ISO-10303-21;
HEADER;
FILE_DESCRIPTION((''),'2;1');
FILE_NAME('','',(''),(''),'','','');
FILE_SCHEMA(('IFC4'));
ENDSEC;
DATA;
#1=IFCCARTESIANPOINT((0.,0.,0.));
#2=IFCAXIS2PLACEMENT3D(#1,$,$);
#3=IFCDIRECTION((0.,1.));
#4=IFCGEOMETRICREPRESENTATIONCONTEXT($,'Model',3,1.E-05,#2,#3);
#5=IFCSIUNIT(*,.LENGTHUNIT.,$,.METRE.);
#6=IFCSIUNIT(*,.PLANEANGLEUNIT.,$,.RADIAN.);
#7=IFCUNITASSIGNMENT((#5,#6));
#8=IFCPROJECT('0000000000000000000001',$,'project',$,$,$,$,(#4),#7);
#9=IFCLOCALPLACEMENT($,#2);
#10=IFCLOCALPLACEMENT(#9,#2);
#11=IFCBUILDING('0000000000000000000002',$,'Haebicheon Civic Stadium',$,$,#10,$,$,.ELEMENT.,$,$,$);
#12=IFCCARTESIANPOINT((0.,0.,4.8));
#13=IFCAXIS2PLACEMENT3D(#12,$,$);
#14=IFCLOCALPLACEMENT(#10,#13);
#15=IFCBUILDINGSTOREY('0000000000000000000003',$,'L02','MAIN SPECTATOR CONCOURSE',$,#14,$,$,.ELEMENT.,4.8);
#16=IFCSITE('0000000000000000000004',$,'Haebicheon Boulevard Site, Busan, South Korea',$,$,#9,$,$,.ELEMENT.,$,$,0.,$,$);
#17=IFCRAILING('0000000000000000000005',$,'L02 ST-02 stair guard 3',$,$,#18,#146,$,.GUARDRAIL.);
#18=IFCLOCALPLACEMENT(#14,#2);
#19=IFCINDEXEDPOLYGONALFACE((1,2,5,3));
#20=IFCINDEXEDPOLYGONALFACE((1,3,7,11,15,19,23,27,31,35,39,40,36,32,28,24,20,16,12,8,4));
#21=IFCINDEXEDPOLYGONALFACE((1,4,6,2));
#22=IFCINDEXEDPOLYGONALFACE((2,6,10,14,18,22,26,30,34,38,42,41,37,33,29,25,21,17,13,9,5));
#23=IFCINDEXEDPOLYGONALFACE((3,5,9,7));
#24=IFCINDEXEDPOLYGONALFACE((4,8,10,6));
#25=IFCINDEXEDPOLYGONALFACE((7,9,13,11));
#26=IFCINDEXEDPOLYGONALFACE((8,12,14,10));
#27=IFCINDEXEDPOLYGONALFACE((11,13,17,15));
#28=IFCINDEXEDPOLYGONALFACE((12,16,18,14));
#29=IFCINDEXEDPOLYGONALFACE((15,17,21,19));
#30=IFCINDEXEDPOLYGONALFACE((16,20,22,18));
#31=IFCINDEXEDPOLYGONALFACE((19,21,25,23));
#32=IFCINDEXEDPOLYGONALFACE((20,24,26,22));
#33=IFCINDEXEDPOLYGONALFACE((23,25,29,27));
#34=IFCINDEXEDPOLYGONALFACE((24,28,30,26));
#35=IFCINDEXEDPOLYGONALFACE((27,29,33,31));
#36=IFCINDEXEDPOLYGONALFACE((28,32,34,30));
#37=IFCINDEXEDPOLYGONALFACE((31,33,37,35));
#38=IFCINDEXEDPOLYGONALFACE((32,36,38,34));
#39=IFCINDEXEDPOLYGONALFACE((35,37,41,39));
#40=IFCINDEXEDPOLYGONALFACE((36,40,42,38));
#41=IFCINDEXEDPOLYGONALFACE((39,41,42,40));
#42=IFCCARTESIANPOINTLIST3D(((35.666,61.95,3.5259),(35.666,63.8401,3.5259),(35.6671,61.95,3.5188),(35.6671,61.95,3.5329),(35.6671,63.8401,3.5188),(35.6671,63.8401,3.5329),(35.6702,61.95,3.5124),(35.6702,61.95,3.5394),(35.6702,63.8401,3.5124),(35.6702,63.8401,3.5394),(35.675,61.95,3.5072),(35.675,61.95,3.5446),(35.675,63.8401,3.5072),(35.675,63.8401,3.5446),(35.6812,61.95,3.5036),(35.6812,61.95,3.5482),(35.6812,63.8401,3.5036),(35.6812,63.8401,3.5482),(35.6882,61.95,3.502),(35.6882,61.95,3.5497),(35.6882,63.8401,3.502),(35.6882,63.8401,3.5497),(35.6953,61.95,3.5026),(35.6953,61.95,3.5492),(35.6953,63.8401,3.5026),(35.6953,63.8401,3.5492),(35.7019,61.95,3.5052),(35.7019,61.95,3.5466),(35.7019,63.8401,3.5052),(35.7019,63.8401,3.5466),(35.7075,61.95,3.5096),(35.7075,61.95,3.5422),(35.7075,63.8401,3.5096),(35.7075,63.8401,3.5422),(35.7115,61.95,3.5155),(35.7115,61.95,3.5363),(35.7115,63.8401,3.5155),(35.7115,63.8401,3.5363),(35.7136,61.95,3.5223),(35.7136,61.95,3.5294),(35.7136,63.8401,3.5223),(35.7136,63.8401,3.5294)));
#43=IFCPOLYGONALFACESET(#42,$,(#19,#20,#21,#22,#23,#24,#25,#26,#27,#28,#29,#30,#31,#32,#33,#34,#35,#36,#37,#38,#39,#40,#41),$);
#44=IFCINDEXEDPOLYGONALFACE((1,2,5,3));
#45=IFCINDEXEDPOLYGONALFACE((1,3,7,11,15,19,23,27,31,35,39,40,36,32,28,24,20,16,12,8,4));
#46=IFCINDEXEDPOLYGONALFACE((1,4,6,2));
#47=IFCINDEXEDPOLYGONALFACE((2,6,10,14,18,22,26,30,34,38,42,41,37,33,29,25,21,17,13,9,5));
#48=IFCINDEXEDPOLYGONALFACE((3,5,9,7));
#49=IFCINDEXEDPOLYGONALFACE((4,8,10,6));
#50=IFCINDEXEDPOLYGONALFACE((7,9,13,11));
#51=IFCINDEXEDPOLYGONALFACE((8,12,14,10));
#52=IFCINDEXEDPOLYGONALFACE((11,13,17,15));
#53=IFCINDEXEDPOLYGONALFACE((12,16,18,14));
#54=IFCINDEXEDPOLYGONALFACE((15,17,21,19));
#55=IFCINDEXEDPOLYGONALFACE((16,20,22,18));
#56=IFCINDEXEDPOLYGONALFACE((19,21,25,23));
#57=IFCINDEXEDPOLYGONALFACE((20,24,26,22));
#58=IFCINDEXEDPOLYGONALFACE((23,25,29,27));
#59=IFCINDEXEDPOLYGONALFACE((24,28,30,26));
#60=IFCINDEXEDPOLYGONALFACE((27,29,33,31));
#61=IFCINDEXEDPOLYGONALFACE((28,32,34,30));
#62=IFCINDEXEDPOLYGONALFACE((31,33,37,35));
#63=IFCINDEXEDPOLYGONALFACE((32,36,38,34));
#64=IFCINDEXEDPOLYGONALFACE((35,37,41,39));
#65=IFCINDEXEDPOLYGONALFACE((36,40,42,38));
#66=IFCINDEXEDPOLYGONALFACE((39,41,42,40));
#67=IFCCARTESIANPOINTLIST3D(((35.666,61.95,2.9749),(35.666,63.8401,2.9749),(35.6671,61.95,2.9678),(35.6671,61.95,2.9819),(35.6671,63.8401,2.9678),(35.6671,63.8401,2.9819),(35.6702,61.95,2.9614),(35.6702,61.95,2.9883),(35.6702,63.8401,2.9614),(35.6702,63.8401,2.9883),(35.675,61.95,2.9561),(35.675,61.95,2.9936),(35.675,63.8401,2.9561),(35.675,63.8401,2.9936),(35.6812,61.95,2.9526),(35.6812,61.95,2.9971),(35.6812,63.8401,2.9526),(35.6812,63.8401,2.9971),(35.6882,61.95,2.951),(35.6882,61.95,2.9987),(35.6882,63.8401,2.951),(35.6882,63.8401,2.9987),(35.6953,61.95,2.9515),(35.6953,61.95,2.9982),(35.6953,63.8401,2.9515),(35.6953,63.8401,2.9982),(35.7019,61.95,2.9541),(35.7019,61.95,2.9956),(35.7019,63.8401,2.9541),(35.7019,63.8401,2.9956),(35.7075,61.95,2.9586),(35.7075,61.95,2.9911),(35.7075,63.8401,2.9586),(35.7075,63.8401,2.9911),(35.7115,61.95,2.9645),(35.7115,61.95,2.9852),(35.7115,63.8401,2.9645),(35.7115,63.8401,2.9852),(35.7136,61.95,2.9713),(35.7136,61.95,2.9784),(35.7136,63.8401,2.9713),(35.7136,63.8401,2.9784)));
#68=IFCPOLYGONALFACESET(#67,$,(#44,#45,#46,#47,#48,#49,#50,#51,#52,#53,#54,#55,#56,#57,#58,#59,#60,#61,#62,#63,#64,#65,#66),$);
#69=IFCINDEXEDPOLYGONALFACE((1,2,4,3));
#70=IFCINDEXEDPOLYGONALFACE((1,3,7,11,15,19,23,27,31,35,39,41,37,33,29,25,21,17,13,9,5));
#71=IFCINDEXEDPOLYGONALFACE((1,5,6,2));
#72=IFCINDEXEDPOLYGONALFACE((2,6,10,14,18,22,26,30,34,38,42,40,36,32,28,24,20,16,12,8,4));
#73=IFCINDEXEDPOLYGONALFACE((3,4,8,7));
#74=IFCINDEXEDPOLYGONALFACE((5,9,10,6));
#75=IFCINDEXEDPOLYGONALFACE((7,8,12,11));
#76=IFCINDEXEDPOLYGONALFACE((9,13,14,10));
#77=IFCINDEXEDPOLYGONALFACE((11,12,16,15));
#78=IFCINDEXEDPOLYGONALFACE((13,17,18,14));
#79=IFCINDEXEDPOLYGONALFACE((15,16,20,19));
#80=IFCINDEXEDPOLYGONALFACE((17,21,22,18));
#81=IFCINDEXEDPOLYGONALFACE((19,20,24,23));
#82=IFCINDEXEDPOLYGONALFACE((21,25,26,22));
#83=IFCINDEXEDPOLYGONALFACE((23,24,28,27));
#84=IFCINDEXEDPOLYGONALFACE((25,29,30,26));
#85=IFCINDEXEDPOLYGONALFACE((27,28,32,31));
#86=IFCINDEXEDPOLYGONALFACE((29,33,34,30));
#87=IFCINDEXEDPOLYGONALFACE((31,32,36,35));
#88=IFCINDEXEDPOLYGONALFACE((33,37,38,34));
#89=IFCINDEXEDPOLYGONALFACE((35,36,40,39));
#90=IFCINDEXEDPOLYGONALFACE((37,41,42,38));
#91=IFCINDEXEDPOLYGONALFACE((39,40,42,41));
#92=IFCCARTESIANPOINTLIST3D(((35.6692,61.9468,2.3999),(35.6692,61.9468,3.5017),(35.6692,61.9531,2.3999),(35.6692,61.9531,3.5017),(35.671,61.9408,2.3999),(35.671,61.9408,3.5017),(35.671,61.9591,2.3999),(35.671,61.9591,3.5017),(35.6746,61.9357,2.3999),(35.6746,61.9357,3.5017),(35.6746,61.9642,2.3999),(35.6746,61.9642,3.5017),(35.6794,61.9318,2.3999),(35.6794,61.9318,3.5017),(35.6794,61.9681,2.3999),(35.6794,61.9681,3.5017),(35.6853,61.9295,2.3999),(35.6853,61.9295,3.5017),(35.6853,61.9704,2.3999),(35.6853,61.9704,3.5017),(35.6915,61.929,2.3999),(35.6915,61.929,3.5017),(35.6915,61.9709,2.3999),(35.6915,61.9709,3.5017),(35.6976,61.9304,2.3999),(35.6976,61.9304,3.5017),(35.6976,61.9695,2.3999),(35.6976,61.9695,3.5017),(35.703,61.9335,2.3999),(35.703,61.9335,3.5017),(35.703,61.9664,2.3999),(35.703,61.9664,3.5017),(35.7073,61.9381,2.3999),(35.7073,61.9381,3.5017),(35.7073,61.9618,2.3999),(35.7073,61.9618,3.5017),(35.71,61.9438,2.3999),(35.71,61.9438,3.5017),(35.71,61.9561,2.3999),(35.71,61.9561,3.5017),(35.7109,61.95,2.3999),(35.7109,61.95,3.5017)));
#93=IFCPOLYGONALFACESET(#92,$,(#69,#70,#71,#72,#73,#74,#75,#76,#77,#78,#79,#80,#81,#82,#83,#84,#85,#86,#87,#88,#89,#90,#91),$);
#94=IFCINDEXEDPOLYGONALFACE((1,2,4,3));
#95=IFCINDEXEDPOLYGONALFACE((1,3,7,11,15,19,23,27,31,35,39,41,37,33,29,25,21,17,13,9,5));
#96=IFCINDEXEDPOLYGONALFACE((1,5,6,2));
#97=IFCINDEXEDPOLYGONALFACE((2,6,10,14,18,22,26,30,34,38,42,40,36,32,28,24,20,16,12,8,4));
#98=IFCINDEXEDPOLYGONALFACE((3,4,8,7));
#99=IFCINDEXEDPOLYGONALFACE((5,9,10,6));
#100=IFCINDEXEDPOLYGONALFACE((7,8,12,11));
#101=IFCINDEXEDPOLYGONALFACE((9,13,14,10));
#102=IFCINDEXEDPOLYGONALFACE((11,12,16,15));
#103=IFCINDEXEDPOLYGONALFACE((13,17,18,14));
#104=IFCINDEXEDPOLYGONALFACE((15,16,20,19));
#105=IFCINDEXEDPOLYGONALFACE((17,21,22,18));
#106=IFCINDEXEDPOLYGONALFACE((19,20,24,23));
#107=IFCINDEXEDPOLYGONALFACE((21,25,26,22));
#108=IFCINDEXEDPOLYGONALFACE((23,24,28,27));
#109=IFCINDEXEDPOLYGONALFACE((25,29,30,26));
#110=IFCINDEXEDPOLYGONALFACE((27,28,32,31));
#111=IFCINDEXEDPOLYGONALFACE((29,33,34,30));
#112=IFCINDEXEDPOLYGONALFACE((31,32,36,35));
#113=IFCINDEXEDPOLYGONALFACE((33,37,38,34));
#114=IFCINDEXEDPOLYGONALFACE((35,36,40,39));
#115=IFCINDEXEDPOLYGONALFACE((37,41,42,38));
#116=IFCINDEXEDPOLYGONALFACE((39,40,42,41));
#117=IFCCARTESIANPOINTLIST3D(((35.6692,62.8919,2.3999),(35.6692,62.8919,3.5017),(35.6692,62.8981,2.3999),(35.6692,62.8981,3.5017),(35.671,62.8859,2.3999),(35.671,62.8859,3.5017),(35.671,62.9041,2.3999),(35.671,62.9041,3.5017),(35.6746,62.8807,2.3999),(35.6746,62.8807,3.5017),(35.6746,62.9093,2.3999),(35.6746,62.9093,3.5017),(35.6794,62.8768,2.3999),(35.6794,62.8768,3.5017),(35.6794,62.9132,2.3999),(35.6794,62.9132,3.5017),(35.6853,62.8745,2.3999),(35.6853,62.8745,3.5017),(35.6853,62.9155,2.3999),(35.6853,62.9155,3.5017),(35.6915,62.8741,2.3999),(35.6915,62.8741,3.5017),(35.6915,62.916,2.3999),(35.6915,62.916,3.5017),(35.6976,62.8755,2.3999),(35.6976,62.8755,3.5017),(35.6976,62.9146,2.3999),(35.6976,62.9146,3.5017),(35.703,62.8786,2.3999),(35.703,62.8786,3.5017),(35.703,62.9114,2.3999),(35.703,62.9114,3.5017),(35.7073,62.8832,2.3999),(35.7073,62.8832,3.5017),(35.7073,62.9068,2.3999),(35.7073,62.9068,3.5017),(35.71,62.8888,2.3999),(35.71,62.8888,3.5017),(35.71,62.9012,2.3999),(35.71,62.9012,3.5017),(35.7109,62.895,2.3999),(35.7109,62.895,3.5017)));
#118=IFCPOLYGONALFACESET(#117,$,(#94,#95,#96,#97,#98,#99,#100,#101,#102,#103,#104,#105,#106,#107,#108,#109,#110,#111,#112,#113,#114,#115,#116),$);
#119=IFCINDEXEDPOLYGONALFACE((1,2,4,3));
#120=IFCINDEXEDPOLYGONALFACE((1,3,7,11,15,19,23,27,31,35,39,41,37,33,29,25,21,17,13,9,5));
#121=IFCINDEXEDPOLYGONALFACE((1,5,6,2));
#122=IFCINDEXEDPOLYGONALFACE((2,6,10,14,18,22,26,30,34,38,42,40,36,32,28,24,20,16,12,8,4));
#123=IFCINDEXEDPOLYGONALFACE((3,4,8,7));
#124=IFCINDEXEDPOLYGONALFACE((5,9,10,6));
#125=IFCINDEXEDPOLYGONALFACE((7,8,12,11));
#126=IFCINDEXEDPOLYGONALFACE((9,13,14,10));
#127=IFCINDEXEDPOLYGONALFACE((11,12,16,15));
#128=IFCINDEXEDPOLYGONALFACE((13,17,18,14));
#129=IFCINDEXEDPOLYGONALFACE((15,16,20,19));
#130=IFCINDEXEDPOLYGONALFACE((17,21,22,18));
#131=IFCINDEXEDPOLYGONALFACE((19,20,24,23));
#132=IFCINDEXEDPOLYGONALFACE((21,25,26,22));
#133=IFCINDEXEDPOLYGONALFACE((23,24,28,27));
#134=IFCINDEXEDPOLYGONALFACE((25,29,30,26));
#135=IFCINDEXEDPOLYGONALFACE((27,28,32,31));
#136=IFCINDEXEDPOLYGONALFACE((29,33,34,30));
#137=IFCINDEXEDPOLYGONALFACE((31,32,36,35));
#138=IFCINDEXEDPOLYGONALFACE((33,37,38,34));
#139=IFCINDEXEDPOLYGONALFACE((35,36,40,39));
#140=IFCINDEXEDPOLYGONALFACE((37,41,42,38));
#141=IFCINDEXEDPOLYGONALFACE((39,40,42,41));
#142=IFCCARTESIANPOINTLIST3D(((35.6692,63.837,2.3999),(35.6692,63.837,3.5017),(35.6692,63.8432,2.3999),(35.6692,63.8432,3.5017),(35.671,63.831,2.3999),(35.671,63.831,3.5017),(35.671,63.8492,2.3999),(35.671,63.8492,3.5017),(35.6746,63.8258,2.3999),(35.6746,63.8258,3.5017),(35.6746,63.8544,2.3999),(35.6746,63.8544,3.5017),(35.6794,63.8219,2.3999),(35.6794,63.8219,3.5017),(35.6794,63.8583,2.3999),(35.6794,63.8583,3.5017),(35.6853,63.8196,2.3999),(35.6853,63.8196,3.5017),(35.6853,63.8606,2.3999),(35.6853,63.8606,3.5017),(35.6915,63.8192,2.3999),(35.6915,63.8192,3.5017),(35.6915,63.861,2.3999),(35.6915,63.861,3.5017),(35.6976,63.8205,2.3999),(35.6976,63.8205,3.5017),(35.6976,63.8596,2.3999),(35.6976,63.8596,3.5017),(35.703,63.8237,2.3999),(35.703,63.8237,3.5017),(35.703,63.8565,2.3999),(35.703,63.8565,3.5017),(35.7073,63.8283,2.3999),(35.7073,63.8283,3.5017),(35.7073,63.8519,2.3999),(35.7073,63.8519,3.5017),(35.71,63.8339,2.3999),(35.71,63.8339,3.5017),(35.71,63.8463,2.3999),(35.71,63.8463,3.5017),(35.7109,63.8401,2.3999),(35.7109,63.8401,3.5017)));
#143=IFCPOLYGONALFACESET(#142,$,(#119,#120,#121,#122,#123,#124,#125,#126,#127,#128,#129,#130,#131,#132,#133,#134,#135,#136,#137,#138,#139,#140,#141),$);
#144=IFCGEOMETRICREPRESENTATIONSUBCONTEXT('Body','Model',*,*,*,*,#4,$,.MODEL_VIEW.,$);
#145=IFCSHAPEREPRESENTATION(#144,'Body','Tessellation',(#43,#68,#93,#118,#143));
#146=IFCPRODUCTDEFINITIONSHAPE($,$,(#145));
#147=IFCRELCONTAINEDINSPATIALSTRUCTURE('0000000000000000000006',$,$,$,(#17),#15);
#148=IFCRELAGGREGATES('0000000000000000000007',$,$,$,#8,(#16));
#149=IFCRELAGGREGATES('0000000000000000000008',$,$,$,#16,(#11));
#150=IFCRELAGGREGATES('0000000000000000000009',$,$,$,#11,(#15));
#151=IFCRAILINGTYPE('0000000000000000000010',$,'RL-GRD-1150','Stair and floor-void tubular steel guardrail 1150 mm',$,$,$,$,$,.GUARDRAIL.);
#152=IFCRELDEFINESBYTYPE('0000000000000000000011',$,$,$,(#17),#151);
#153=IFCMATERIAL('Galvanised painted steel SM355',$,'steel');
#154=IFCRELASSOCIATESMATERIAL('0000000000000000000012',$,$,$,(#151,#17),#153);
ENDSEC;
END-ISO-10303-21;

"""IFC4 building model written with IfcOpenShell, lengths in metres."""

from ifc_helpers import new_model, si_unit, direction, frame, origin, origin_2d, place, context, subcontext, project, spatial, circle, extrude, material, type_object, element, save


model = new_model("IFC4")

# Units and contexts
model_context = context("Model", 3, precision=1e-05, world=origin(), true_north=direction((0.0, 1.0)))
body_context = subcontext(model_context, "Body", "Model", "MODEL_VIEW")
ifc_project = project(units=[si_unit("LENGTHUNIT", "METRE"), si_unit("PLANEANGLEUNIT", "RADIAN")], contexts=[model_context])

# Site, building, storey
site_placement = place(None, origin())
site = spatial("IfcSite", under=ifc_project, at=site_placement, Name="Haebicheon Boulevard Site, Busan, South Korea", CompositionType="ELEMENT", RefElevation=0.0)
building_placement = place(site_placement, origin())
building = spatial("IfcBuilding", under=site, at=building_placement, Name="Haebicheon Civic Stadium", CompositionType="ELEMENT")
storey_placement = place(building_placement, frame((0.0, 0.0, 4.8)))
storey = spatial("IfcBuildingStorey", under=building, at=storey_placement, Name="L02", Description="MAIN SPECTATOR CONCOURSE", CompositionType="ELEMENT", Elevation=4.8)

# Railing
ifc_material_1 = material(Name="Galvanised painted steel SM355", Category="steel")
railing_type_1 = type_object("IfcRailingType", Name="RL-GRD-1150", Description="Stair and floor-void tubular steel guardrail 1150 mm", PredefinedType="GUARDRAIL", material=ifc_material_1)
for number, where, name in (
    (1, (35.6899, 61.95, 2.3999), "L02 ST-02 stair guard 3"),
):
    element("IfcRailing", number, at=place(storey_placement, frame(where)), inside=storey, type_object=railing_type_1, material=ifc_material_1, Name=name, PredefinedType="GUARDRAIL", context=body_context, shape_type="SweptSolid", body=[
        extrude(circle(Radius=0.0239, at=origin_2d()), frame((0.0, 0.0, 1.126), z_axis=(0.0, 1.0, 0.0), x_axis=(-1.0, 0.0, 0.0)), (0.0, 0.0, 1.0), 1.8901),
        extrude(circle(Radius=0.0239, at=origin_2d()), frame((0.0, 0.0, 0.575), z_axis=(0.0, 1.0, 0.0), x_axis=(-1.0, 0.0, 0.0)), (0.0, 0.0, 1.0), 1.8901),
        extrude(circle(Radius=0.021, at=origin_2d()), origin(), (0.0, 0.0, 1.0), 1.1018),
        extrude(circle(Radius=0.021, at=origin_2d()), frame((0.0, 0.9451, 0.0)), (0.0, 0.0, 1.0), 1.1018),
        extrude(circle(Radius=0.021, at=origin_2d()), frame((0.0, 1.8901, 0.0)), (0.0, 0.0, 1.0), 1.1018),
    ])

save(model, "model.ifc")
